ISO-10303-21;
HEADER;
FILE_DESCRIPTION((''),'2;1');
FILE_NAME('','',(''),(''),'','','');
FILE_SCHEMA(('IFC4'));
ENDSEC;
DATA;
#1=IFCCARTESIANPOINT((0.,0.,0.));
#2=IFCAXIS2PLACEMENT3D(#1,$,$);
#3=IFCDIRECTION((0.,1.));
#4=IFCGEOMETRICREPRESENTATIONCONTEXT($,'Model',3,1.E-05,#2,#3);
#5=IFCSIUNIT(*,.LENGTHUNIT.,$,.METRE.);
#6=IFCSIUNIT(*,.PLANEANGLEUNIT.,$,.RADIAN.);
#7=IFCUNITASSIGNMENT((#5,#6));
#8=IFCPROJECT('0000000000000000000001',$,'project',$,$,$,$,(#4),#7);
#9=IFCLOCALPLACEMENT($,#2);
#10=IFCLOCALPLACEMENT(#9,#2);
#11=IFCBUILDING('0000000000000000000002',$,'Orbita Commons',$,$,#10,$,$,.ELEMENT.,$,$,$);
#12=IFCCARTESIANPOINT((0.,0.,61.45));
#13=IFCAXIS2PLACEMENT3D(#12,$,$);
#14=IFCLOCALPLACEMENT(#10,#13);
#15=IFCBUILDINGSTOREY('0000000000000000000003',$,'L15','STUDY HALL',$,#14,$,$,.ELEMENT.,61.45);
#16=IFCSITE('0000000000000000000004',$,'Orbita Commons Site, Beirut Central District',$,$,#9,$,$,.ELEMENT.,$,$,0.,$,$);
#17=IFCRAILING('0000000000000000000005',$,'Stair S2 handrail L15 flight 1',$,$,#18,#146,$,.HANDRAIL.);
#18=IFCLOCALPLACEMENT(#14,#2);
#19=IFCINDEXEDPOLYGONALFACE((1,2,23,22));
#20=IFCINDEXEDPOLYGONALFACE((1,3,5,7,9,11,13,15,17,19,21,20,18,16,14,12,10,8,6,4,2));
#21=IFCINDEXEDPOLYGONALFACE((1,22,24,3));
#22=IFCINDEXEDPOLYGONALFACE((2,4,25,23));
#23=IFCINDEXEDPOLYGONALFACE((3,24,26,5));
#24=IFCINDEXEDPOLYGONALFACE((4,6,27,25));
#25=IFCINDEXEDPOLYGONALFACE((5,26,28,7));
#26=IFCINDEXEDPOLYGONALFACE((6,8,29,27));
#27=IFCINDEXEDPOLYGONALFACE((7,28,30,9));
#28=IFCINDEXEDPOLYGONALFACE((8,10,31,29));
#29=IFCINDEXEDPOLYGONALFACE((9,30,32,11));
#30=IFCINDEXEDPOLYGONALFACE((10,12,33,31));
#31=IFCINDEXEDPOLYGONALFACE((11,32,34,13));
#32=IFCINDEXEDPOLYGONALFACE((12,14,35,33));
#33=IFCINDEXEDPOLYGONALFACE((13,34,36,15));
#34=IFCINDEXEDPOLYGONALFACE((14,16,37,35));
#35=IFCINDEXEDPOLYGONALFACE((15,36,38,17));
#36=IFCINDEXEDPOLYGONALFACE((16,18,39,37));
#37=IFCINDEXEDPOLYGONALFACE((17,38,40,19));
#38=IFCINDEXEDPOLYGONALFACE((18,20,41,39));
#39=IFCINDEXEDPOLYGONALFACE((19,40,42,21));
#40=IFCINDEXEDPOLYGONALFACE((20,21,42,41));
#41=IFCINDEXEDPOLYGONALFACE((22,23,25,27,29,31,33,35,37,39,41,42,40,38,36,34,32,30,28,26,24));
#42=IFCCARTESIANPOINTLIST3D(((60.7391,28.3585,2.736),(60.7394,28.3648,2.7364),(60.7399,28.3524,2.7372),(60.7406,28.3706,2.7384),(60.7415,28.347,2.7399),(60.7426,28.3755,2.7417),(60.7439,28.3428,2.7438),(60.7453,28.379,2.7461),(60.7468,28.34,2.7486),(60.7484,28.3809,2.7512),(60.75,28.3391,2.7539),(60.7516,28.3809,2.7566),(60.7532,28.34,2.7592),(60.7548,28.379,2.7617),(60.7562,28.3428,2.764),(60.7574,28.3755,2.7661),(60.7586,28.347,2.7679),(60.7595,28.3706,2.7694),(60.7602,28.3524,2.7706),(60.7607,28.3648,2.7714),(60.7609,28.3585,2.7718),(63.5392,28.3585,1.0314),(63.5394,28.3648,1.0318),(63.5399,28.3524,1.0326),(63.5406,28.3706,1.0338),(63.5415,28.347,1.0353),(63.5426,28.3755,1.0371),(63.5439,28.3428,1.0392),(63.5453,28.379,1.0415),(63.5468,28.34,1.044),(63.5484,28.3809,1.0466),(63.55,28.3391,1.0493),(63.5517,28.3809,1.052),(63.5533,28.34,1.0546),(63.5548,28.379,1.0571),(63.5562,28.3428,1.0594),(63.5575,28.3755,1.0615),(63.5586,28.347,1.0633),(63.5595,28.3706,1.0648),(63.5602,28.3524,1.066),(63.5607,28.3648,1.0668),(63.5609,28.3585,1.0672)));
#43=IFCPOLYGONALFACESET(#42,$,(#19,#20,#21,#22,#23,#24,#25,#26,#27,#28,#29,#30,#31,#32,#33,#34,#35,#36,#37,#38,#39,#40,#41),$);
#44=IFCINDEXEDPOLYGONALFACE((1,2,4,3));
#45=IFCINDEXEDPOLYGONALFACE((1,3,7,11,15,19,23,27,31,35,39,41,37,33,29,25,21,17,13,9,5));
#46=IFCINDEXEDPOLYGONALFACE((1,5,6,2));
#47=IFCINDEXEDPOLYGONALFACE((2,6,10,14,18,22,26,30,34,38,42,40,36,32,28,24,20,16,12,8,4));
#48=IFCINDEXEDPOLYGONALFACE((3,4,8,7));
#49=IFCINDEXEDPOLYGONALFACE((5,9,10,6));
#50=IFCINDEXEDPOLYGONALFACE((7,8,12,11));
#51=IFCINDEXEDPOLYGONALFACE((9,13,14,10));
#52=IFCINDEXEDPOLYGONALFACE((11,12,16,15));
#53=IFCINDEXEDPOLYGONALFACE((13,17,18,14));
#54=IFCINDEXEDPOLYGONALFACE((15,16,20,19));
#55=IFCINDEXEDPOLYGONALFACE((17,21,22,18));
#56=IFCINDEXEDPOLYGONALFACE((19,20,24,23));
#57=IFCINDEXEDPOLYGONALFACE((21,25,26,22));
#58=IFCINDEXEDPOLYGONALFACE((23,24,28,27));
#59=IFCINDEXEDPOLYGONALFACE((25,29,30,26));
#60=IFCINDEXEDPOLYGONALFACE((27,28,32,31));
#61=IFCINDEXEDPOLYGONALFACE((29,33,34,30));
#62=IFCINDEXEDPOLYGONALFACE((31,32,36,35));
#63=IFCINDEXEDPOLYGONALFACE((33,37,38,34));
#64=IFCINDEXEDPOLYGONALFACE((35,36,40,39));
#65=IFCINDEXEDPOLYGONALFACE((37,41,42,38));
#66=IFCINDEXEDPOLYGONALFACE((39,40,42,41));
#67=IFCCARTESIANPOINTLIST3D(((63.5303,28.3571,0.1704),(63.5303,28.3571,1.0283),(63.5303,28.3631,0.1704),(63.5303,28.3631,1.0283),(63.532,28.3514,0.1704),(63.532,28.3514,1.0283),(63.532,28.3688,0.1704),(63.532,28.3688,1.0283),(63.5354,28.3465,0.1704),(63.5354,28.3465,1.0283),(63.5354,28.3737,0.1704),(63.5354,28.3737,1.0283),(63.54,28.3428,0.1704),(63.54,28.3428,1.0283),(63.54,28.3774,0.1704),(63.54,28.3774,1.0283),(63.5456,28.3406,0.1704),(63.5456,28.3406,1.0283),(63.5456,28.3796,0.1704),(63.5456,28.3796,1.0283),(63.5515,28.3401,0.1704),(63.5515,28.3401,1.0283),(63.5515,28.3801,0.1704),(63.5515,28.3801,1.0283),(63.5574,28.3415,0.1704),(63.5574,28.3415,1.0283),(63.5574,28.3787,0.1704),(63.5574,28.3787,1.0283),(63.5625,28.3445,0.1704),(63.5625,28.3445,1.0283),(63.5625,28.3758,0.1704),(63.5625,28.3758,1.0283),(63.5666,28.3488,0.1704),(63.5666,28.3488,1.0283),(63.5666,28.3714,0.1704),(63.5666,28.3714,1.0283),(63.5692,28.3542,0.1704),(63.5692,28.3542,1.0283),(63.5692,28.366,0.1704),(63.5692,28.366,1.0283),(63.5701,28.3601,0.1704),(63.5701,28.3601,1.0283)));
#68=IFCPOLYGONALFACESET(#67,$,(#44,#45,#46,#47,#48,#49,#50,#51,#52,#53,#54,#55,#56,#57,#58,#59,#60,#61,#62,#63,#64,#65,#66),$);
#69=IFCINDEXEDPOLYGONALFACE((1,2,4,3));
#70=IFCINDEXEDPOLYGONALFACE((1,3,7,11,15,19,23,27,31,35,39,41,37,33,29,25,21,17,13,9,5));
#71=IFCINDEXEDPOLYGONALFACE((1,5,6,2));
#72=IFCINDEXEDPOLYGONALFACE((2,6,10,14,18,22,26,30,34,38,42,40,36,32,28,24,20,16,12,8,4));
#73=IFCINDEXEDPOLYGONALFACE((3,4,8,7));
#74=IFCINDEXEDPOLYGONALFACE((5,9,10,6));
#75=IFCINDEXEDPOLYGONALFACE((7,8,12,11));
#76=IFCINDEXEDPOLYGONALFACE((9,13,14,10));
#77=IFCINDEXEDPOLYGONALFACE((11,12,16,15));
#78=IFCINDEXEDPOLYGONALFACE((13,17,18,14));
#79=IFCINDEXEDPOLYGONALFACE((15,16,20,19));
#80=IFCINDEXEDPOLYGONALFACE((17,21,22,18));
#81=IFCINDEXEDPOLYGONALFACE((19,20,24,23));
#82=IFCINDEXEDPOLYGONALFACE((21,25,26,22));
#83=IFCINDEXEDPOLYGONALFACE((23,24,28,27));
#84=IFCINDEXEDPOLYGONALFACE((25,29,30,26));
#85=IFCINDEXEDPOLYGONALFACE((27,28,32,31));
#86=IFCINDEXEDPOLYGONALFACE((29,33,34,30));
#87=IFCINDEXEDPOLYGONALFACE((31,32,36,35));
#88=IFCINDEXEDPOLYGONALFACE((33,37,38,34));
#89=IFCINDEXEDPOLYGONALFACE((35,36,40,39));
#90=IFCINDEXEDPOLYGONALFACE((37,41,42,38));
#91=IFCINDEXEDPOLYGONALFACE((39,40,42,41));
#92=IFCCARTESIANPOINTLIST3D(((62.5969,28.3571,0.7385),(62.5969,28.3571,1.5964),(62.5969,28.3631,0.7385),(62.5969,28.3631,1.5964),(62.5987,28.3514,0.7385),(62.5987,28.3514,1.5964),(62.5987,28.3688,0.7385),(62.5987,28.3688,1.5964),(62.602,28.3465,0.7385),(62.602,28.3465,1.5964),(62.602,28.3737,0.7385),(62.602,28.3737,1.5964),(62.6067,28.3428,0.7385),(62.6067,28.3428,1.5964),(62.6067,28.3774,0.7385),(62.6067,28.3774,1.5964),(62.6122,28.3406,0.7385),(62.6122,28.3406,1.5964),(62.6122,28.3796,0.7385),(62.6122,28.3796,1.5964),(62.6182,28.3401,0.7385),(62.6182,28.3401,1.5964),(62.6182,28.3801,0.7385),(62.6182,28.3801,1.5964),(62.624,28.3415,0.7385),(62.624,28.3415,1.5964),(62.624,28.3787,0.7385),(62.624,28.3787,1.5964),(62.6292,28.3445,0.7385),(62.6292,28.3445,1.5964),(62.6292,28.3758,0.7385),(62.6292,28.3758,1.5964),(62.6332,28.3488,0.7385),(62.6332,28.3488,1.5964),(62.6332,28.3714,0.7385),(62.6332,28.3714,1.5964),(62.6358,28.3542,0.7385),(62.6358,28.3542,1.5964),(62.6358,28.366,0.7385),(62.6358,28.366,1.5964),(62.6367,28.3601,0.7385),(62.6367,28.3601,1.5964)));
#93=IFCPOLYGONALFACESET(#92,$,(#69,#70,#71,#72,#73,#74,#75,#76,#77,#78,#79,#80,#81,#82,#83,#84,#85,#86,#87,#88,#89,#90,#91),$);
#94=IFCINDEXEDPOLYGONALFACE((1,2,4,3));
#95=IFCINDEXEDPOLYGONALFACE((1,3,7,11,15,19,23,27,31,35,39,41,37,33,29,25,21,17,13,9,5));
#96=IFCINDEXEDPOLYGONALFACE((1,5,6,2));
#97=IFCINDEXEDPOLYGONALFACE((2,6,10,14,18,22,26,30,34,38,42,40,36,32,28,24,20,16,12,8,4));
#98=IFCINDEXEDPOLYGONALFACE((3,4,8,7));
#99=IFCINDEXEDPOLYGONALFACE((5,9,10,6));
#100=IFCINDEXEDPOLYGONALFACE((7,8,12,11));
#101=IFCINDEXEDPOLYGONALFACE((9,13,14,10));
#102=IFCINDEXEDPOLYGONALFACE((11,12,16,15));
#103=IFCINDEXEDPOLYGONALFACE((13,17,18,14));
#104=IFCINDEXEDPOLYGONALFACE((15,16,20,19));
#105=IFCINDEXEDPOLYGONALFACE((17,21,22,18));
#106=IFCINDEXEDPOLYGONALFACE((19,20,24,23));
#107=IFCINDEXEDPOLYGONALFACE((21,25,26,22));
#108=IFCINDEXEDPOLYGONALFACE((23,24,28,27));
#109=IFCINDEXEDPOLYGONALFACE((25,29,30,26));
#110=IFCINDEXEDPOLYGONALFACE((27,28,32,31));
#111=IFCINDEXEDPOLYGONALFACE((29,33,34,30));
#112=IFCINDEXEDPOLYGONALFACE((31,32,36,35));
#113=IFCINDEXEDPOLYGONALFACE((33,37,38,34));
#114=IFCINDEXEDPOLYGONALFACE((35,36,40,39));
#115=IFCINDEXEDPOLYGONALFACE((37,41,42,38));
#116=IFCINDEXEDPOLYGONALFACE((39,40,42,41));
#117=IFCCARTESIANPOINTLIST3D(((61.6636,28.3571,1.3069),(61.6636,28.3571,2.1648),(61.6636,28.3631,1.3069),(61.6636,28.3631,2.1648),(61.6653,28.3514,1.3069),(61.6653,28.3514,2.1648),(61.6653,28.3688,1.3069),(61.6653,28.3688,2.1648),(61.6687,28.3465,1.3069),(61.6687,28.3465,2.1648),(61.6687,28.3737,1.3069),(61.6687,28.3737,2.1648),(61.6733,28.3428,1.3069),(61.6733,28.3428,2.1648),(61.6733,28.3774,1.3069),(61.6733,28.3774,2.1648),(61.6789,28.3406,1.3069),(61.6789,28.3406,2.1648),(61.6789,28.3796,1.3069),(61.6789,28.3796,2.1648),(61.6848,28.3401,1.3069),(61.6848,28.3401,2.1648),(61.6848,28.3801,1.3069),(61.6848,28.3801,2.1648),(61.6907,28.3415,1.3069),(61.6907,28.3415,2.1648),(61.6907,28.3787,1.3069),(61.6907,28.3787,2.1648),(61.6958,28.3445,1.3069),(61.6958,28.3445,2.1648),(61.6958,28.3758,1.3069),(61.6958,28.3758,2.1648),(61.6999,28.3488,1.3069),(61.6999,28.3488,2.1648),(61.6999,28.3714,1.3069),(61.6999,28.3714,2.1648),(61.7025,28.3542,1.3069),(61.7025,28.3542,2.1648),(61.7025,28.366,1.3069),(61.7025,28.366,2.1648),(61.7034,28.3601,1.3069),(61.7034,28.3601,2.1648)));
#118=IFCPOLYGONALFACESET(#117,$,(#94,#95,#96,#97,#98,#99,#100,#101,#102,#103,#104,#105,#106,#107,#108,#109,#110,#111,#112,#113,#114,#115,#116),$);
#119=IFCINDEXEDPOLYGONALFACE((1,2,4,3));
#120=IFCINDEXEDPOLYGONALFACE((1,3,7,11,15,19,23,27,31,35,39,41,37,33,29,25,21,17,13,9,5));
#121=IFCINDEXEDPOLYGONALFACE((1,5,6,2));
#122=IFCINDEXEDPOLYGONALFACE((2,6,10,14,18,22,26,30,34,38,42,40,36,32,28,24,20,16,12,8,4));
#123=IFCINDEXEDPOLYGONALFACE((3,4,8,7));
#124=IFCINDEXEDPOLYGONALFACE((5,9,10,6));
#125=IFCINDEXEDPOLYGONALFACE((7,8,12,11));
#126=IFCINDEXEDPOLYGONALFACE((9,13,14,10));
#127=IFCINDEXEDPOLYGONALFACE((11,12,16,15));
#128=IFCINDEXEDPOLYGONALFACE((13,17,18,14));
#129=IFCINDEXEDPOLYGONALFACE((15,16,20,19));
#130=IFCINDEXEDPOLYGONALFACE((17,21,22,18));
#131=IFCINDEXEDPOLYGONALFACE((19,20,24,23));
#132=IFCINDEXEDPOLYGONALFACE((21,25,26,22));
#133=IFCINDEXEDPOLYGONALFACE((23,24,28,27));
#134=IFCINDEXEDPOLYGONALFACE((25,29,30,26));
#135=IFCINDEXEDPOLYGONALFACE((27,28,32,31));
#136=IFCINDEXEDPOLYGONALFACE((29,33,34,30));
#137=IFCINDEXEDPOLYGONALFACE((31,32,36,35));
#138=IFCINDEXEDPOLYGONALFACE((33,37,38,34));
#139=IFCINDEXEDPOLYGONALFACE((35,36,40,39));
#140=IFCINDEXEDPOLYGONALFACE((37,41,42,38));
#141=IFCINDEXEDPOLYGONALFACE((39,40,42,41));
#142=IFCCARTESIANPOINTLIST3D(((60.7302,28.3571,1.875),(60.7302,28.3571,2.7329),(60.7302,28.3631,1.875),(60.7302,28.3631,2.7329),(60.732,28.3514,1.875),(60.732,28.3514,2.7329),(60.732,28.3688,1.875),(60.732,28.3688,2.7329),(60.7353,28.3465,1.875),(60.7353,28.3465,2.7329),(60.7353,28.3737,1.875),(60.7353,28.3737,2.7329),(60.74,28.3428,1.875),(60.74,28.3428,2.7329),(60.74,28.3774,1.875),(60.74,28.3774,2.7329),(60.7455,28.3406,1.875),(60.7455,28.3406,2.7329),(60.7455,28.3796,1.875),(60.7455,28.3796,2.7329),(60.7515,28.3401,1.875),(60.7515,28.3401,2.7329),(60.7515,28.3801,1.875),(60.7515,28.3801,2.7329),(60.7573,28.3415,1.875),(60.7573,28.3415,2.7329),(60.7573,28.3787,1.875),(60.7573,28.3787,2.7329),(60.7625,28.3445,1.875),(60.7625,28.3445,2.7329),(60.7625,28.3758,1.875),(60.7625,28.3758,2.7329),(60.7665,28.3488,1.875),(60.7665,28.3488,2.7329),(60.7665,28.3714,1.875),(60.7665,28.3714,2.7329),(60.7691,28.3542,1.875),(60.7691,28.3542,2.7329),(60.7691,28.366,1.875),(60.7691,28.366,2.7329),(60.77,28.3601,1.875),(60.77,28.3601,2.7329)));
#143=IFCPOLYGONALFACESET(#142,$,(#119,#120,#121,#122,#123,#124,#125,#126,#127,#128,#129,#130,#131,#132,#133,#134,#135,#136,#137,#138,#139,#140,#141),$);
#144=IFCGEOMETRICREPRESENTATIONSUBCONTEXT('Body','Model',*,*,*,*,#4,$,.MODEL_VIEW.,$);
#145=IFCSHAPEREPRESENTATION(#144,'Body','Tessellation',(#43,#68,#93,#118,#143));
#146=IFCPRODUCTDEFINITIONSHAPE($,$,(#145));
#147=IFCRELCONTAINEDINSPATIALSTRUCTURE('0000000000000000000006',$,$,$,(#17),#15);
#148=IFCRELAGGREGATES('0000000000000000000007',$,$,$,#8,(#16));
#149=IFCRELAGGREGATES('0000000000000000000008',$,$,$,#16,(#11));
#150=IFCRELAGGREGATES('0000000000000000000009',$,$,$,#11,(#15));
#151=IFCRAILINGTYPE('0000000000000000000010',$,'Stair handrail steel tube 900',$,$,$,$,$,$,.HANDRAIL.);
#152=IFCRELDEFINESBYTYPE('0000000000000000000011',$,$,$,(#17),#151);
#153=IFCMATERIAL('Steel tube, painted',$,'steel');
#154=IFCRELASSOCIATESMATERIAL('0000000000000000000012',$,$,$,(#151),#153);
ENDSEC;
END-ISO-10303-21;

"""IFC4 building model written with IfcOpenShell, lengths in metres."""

from ifc_helpers import new_model, si_unit, direction, frame, origin, origin_2d, place, context, subcontext, project, spatial, circle, extrude, material, type_object, element, save


model = new_model("IFC4")

# Units and contexts
model_context = context("Model", 3, precision=1e-05, world=origin(), true_north=direction((0.0, 1.0)))
body_context = subcontext(model_context, "Body", "Model", "MODEL_VIEW")
ifc_project = project(units=[si_unit("LENGTHUNIT", "METRE"), si_unit("PLANEANGLEUNIT", "RADIAN")], contexts=[model_context])

# Site, building, storey
site_placement = place(None, origin())
site = spatial("IfcSite", under=ifc_project, at=site_placement, Name="Orbita Commons Site, Beirut Central District", CompositionType="ELEMENT", RefElevation=0.0)
building_placement = place(site_placement, origin())
building = spatial("IfcBuilding", under=site, at=building_placement, Name="Orbita Commons", CompositionType="ELEMENT")
storey_placement = place(building_placement, frame((0.0, 0.0, 61.45)))
storey = spatial("IfcBuildingStorey", under=building, at=storey_placement, Name="L15", Description="STUDY HALL", CompositionType="ELEMENT", Elevation=61.45)

# Railing
ifc_material_1 = material(Name="Steel tube, painted", Category="steel")
railing_type = type_object("IfcRailingType", Name="Stair handrail steel tube 900", PredefinedType="HANDRAIL", material=ifc_material_1)
railing_placement = place(storey_placement, frame((63.55, 28.3601, 0.1704)))
element("IfcRailing", 1, at=railing_placement, inside=storey, type_object=railing_type, Name="Stair S2 handrail L15 flight 1", PredefinedType="HANDRAIL", context=body_context, shape_type="SweptSolid", body=[
    extrude(circle(Radius=0.021, at=origin_2d()), frame((0.0, 0.0, 0.8789), z_axis=(-0.85417, 0.0, 0.519994), x_axis=(0.0, -1.0, 0.0)), (0.0, 0.0, 1.0), 3.2781),
    extrude(circle(Radius=0.02, at=origin_2d()), origin(), (0.0, 0.0, 1.0), 0.8579),
    extrude(circle(Radius=0.02, at=origin_2d()), frame((-0.9333, 0.0, 0.5681)), (0.0, 0.0, 1.0), 0.8579),
    extrude(circle(Radius=0.02, at=origin_2d()), frame((-1.8667, 0.0, 1.1365)), (0.0, 0.0, 1.0), 0.8579),
    extrude(circle(Radius=0.02, at=origin_2d()), frame((-2.8, 0.0, 1.7046)), (0.0, 0.0, 1.0), 0.8579),
])

save(model, "model.ifc")
